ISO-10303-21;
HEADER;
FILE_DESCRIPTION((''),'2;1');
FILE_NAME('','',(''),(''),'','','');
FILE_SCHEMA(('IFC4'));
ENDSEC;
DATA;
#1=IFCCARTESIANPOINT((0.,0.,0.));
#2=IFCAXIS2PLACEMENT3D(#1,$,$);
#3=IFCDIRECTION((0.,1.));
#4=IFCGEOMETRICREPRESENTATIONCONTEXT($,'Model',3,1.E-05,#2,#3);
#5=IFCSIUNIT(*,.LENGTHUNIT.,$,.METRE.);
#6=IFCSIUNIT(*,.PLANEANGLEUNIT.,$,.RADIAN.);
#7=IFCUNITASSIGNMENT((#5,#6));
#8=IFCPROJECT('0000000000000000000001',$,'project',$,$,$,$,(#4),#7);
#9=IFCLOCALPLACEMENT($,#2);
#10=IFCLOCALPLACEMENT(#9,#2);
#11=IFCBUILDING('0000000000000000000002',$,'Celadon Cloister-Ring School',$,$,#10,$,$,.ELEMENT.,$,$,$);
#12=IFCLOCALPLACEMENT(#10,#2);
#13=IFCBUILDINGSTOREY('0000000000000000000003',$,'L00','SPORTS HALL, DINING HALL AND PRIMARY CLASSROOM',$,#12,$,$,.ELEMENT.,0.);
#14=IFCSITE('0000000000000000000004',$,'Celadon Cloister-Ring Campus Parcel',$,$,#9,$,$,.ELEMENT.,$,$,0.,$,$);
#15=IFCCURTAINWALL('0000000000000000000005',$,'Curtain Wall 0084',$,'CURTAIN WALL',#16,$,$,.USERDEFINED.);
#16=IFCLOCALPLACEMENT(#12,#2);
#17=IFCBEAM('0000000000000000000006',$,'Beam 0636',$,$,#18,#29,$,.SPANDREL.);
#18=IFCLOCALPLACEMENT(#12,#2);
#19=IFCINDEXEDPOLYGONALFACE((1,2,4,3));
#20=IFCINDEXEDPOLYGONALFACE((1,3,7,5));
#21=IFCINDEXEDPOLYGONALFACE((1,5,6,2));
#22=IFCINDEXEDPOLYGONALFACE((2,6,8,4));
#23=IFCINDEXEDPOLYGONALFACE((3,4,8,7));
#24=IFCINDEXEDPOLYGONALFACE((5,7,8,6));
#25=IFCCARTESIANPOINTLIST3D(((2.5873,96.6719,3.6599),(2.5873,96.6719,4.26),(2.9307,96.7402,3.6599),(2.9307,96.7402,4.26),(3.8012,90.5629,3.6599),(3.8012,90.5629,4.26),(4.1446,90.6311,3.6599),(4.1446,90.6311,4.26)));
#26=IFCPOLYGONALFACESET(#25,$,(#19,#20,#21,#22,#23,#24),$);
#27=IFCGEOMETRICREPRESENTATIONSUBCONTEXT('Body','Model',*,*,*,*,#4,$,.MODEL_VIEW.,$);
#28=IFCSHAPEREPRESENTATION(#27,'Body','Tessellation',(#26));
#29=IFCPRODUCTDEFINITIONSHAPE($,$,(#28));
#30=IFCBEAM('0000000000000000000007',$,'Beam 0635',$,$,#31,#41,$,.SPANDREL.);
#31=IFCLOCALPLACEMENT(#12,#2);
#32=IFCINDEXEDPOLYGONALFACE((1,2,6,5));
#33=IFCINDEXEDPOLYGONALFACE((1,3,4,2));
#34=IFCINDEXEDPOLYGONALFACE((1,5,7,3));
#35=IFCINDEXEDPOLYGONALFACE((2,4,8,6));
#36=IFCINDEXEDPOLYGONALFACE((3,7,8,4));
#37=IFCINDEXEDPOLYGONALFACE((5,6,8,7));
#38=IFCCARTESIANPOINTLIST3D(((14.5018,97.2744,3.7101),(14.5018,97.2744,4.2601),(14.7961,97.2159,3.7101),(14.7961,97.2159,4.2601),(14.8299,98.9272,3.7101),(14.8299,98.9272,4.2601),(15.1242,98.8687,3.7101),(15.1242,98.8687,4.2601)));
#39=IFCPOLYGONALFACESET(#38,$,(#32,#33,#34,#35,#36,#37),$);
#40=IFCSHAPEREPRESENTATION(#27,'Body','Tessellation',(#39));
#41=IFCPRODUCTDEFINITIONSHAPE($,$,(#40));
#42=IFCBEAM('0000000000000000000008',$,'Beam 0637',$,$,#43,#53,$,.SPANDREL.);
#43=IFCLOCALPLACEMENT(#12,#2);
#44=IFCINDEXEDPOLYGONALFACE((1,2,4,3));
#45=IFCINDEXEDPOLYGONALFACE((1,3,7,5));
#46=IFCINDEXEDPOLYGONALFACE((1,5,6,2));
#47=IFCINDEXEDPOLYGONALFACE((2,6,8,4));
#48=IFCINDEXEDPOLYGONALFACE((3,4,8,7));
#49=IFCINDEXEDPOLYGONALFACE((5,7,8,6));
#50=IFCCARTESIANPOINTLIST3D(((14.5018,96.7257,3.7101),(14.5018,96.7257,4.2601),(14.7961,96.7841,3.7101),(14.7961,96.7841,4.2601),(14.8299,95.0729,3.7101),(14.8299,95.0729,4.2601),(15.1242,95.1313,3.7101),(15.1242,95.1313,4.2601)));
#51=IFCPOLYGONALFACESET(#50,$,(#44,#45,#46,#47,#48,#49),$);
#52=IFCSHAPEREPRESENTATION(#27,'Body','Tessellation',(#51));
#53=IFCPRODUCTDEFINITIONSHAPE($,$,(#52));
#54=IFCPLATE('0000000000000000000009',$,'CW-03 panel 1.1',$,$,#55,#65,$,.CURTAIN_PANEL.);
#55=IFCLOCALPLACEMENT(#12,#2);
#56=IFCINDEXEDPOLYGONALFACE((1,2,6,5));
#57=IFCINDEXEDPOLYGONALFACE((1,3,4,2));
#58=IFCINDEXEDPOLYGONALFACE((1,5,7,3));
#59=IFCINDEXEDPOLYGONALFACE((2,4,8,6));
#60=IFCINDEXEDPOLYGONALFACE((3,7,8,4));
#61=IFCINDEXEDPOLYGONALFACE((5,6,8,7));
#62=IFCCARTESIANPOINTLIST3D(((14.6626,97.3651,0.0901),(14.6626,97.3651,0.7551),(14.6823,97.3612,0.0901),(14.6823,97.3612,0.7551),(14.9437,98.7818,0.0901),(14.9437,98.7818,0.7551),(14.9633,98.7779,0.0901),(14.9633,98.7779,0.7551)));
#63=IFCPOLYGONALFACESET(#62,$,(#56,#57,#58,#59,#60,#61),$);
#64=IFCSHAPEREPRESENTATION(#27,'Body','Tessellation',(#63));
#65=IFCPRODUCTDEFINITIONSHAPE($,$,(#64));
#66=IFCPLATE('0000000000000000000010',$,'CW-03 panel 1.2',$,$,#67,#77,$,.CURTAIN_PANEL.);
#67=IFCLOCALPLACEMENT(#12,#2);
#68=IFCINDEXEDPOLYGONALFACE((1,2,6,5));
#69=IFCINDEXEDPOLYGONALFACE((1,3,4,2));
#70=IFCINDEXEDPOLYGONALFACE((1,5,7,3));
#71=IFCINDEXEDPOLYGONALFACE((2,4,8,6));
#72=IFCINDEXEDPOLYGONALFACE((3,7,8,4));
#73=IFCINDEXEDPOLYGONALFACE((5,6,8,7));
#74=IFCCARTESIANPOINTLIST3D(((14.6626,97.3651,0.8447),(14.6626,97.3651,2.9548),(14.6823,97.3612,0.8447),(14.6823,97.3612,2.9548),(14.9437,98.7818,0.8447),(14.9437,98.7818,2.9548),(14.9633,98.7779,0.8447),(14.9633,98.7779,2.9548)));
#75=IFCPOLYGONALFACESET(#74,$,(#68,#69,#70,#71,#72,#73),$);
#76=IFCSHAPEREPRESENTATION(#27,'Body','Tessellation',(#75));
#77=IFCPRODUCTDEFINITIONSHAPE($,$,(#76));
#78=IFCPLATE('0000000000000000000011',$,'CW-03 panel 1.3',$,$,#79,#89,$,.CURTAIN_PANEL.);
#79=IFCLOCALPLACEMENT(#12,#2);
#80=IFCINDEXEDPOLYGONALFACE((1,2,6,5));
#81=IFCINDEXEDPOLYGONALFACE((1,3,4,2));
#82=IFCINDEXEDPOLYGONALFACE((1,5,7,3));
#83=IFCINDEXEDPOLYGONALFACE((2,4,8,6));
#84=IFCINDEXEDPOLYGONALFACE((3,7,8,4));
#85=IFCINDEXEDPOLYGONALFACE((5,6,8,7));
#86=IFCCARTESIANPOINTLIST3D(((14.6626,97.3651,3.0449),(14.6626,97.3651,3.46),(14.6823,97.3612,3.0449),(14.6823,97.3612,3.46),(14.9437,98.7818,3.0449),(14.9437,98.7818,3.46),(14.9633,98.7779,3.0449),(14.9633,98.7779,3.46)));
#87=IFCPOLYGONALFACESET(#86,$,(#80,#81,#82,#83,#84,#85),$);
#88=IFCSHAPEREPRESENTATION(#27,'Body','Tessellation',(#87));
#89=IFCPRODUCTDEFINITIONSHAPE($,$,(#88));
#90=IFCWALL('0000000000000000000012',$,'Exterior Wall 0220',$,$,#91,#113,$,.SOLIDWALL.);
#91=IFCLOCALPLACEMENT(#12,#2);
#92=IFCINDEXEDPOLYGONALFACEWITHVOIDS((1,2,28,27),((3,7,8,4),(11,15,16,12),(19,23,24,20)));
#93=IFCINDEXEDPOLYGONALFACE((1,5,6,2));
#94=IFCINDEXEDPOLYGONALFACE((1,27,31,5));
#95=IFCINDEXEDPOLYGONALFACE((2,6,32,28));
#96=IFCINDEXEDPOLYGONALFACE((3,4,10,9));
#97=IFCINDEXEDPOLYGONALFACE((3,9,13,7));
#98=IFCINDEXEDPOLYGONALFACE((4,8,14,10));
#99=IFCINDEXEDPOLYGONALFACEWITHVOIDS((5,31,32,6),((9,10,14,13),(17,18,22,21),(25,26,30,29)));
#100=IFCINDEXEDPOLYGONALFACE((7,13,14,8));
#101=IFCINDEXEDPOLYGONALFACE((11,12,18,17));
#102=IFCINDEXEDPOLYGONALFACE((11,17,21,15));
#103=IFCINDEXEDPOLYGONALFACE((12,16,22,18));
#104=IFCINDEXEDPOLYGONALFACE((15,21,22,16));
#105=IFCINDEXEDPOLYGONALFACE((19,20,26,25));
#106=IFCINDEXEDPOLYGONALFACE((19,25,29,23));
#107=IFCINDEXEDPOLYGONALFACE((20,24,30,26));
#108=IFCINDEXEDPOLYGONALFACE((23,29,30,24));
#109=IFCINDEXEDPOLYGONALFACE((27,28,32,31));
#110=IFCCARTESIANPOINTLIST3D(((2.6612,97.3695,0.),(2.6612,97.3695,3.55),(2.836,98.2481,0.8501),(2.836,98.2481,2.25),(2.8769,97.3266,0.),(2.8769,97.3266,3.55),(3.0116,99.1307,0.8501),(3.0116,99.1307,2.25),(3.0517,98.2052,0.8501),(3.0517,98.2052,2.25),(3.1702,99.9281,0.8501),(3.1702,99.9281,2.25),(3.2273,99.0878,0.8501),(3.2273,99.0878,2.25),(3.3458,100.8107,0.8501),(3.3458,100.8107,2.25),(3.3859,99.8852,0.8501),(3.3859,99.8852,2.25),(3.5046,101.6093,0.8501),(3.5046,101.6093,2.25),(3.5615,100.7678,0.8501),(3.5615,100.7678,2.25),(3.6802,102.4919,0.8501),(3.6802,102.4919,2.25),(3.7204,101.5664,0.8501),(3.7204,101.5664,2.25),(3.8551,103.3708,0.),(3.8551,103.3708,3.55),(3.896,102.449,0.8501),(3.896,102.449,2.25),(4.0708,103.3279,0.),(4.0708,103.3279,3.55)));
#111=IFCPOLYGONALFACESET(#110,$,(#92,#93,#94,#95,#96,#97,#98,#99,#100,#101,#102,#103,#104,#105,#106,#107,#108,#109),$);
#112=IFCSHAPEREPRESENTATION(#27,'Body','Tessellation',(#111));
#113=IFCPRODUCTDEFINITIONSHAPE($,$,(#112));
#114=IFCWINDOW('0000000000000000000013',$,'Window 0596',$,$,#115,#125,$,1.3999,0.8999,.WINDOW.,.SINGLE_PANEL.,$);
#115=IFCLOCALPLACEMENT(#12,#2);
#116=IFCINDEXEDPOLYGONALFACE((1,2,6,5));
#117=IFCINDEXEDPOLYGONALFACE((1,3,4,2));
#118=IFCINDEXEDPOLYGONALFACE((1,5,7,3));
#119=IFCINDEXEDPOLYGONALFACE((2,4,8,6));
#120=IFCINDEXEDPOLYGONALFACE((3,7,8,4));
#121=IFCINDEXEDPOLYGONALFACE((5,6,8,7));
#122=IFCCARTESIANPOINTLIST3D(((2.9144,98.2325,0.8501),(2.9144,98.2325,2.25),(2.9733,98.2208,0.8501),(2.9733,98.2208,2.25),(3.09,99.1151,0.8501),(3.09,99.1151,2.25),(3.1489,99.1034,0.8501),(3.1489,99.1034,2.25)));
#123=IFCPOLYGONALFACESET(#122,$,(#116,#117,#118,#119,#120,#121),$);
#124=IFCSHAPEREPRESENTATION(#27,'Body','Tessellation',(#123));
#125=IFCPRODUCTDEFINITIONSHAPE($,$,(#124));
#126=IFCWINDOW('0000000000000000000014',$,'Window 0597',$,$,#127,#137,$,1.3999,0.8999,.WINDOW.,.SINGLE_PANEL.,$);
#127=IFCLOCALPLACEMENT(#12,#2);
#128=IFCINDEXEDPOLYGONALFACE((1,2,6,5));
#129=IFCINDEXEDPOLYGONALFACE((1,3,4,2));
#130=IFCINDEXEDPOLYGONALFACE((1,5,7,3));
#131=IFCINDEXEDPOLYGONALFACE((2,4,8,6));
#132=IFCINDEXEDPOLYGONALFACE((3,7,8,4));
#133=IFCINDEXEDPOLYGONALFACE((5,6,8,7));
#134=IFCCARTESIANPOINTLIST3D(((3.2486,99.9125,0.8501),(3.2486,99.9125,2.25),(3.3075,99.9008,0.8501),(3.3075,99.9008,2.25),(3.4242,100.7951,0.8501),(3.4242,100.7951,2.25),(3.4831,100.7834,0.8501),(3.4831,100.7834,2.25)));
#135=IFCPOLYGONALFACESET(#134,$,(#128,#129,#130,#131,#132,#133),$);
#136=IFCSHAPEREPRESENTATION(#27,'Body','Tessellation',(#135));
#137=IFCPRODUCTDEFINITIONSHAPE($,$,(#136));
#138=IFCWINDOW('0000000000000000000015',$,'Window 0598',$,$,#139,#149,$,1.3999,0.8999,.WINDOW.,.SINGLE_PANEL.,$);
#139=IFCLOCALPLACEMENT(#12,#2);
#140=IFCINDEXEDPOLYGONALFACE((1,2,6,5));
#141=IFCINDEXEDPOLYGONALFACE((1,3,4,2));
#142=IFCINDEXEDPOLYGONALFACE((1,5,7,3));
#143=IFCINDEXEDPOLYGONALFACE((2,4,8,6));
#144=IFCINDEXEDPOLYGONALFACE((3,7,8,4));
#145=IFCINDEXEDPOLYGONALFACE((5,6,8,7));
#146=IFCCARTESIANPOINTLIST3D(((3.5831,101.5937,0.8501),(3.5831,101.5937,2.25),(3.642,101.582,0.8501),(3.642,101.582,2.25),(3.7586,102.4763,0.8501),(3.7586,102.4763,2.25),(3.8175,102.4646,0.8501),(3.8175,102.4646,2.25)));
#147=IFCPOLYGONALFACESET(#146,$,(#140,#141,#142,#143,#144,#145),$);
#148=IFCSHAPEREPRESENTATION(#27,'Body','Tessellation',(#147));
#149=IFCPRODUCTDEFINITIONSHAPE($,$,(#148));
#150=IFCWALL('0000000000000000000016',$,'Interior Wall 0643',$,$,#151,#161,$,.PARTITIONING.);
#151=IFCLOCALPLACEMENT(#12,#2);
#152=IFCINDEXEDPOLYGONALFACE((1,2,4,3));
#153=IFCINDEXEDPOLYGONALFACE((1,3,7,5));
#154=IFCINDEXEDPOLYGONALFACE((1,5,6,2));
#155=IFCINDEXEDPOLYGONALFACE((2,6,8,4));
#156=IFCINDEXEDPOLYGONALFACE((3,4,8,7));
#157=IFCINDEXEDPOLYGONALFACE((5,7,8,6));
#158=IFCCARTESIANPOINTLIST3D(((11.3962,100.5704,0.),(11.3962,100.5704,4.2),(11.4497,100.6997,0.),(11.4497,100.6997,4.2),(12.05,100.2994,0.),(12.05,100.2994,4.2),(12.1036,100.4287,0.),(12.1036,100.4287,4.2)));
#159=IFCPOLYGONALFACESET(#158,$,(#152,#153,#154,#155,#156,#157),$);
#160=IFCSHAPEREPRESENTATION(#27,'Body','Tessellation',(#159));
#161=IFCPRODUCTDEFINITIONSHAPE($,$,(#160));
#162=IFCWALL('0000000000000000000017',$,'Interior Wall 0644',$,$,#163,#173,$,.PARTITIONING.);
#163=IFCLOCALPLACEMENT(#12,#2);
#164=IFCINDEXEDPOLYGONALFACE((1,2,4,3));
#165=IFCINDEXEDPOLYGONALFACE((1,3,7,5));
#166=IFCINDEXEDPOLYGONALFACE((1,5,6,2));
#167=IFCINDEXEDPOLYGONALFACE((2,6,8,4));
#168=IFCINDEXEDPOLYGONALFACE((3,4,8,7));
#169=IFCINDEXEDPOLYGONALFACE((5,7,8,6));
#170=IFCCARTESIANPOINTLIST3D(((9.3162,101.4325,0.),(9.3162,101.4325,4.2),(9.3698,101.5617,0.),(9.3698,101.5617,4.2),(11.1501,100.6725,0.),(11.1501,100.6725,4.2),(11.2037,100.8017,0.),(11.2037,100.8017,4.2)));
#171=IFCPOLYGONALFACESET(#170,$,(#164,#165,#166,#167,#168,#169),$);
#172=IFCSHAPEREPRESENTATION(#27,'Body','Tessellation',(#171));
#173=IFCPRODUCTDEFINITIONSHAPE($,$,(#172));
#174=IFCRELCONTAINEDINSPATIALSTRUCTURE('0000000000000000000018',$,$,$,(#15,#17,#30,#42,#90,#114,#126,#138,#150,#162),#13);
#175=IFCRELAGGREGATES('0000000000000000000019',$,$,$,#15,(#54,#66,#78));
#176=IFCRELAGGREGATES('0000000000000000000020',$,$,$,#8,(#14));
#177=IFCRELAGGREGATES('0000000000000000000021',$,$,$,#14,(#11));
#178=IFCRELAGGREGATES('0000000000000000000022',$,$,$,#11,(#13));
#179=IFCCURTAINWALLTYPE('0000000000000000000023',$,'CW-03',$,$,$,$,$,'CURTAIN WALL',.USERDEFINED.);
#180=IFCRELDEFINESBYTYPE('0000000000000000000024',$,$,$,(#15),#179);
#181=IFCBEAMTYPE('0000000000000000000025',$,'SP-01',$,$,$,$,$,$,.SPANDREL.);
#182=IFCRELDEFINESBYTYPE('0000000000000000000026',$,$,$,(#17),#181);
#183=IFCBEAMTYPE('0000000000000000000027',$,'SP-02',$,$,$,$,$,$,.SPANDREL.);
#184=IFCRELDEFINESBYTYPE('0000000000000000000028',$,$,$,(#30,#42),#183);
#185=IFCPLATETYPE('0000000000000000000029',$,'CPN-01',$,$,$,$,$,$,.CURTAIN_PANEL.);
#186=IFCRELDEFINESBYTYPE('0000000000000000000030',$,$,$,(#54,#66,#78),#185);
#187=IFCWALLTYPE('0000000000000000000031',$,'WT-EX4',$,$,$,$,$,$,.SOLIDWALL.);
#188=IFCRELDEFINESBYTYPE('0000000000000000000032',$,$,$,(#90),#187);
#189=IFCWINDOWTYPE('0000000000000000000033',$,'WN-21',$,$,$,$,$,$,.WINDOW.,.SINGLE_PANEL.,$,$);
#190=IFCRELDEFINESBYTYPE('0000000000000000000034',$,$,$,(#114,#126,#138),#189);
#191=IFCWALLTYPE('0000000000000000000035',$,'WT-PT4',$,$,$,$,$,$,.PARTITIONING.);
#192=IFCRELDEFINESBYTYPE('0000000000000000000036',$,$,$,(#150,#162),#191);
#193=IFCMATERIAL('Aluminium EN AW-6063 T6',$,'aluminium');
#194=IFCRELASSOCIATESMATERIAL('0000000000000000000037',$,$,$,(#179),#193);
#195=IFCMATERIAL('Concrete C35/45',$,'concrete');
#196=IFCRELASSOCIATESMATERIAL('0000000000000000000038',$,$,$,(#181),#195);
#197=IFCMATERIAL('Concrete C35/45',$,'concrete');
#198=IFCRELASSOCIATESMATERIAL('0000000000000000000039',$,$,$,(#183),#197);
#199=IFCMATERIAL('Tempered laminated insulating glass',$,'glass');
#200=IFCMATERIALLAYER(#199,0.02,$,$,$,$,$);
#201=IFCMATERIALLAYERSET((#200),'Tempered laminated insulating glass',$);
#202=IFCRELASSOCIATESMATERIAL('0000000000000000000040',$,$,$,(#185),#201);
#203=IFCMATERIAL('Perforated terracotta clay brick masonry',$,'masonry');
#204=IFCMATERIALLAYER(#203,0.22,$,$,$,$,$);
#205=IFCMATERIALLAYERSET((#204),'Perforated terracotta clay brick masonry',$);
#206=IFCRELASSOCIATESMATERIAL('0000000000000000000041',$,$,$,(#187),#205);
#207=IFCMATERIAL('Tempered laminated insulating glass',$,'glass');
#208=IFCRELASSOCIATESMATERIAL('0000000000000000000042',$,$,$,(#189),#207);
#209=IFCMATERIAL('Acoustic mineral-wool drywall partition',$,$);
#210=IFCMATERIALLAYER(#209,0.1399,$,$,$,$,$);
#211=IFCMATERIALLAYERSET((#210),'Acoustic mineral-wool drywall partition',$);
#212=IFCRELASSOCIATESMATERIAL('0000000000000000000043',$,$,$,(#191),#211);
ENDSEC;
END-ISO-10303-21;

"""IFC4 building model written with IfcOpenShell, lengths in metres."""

from ifc_helpers import new_model, si_unit, direction, frame, frame_2d, origin, origin_2d, place, context, subcontext, project, spatial, rectangle, extrude, material, layer, layer_set, material_profile, profile_set, type_object, element, fill, aggregate, save


model = new_model("IFC4")

# Units and contexts
model_context = context("Model", 3, precision=1e-05, world=origin(), true_north=direction((0.0, 1.0)))
body_context = subcontext(model_context, "Body", "Model", "MODEL_VIEW")
ifc_project = project(units=[si_unit("LENGTHUNIT", "METRE"), si_unit("PLANEANGLEUNIT", "RADIAN")], contexts=[model_context])

# Site, building, storey
site_placement = place(None, origin())
site = spatial("IfcSite", under=ifc_project, at=site_placement, Name="Celadon Cloister-Ring Campus Parcel", CompositionType="ELEMENT", RefElevation=0.0)
building_placement = place(site_placement, origin())
building = spatial("IfcBuilding", under=site, at=building_placement, Name="Celadon Cloister-Ring School", CompositionType="ELEMENT")
storey_placement = place(building_placement, origin())
storey = spatial("IfcBuildingStorey", under=building, at=storey_placement, Name="L00", Description="SPORTS HALL, DINING HALL AND PRIMARY CLASSROOM", CompositionType="ELEMENT", Elevation=0.0)

# Curtain wall
ifc_material_1 = material(Name="Aluminium EN AW-6063 T6", Category="aluminium")
curtain_wall_type = type_object("IfcCurtainWallType", Name="CW-03", ElementType="CURTAIN WALL", PredefinedType="USERDEFINED", material=ifc_material_1)
curtain_wall_placement = place(storey_placement, origin())
curtain_wall = element("IfcCurtainWall", 1, at=curtain_wall_placement, inside=storey, type_object=curtain_wall_type, Name="Curtain Wall 0084", ObjectType="CURTAIN WALL", PredefinedType="USERDEFINED")

# Beams
ifc_material_2 = material(Name="Concrete C35/45", Category="concrete")
ifc_material_profile_1 = material_profile(ifc_material_2, rectangle(XDim=0.3501, YDim=0.6001, at=origin_2d()), Name="RC350X600")
ifc_profile_set_1 = profile_set([ifc_material_profile_1], Name="Concrete C35/45")
beam_type_1 = type_object("IfcBeamType", Name="SP-01", PredefinedType="SPANDREL", material=ifc_profile_set_1)
beam_1_placement = place(storey_placement, frame((2.759, 96.7061, 3.96), z_axis=(0.194887, -0.980826, 0.0), x_axis=(0.980826, 0.194887, 0.0)))
element("IfcBeam", 2, at=beam_1_placement, inside=storey, type_object=beam_type_1, Name="Beam 0636", PredefinedType="SPANDREL", context=body_context, shape_type="SweptSolid", body=[
    extrude(rectangle(XDim=0.3501, YDim=0.6001, at=origin_2d()), origin(), (0.0, 0.0, 1.0), 6.2285),
])
ifc_material_3 = material(Name="Concrete C35/45", Category="concrete")
ifc_material_profile_2 = material_profile(ifc_material_3, rectangle(XDim=0.3, YDim=0.55, at=origin_2d()), Name="RC300X550")
ifc_profile_set_2 = profile_set([ifc_material_profile_2], Name="Concrete C35/45")
beam_type_2 = type_object("IfcBeamType", Name="SP-02", PredefinedType="SPANDREL", material=ifc_profile_set_2)
for number, where, z_axis, x_axis, name in (
    (3, (14.9771, 98.8979, 3.9851), (-0.194723, -0.980858, 0.0), (0.980858, -0.194723, 0.0), "Beam 0635"),
    (4, (14.6489, 96.7549, 3.9851), (0.194723, -0.980858, 0.0), (0.980858, 0.194723, 0.0), "Beam 0637"),
):
    element("IfcBeam", number, at=place(storey_placement, frame(where, z_axis=z_axis, x_axis=x_axis)), inside=storey, type_object=beam_type_2, Name=name, PredefinedType="SPANDREL", context=body_context, shape_type="SweptSolid", body=[
        extrude(rectangle(XDim=0.3, YDim=0.55, at=origin_2d()), origin(), (0.0, 0.0, 1.0), 1.6851),
    ])

# Plates
ifc_material_4 = material(Name="Tempered laminated insulating glass", Category="glass")
ifc_layer_1 = layer(ifc_material_4, 0.02)
ifc_layer_set_1 = layer_set([ifc_layer_1], Name="Tempered laminated insulating glass")
plate_type = type_object("IfcPlateType", Name="CPN-01", PredefinedType="CURTAIN_PANEL", material=ifc_layer_set_1)
plate_1_placement = place(storey_placement, frame((14.813, 98.0715, 0.0901), z_axis=(0.0, 0.0, 1.0), x_axis=(-0.194586, -0.980885, 0.0)))
plate_1 = element("IfcPlate", 5, at=plate_1_placement, type_object=plate_type, Name="CW-03 panel 1.1", PredefinedType="CURTAIN_PANEL", context=body_context, shape_type="SweptSolid", body=[
    extrude(rectangle(XDim=1.4443, YDim=0.02, at=origin_2d()), origin(), (0.0, 0.0, 1.0), 0.665),
])
plate_2_placement = place(storey_placement, frame((14.813, 98.0715, 0.8447), z_axis=(0.0, 0.0, 1.0), x_axis=(-0.194586, -0.980885, 0.0)))
plate_2 = element("IfcPlate", 6, at=plate_2_placement, type_object=plate_type, Name="CW-03 panel 1.2", PredefinedType="CURTAIN_PANEL", context=body_context, shape_type="SweptSolid", body=[
    extrude(rectangle(XDim=1.4443, YDim=0.02, at=origin_2d()), origin(), (0.0, 0.0, 1.0), 2.1101),
])
plate_3_placement = place(storey_placement, frame((14.813, 98.0715, 3.0449), z_axis=(0.0, 0.0, 1.0), x_axis=(-0.194586, -0.980885, 0.0)))
plate_3 = element("IfcPlate", 7, at=plate_3_placement, type_object=plate_type, Name="CW-03 panel 1.3", PredefinedType="CURTAIN_PANEL", context=body_context, shape_type="SweptSolid", body=[
    extrude(rectangle(XDim=1.4443, YDim=0.02, at=origin_2d()), origin(), (0.0, 0.0, 1.0), 0.415),
])
aggregate(curtain_wall, [plate_1, plate_2, plate_3])

# Wall, openings, windows
ifc_material_5 = material(Name="Perforated terracotta clay brick masonry", Category="masonry")
ifc_layer_2 = layer(ifc_material_5, 0.22)
ifc_layer_set_2 = layer_set([ifc_layer_2], Name="Perforated terracotta clay brick masonry")
wall_type_1 = type_object("IfcWallType", Name="WT-EX4", PredefinedType="SOLIDWALL", material=ifc_layer_set_2)
wall_1_placement = place(storey_placement, frame((2.769, 97.3479, 0.0), z_axis=(0.0, 0.0, 1.0), x_axis=(0.195111, 0.980781, 0.0)))
wall_1 = element("IfcWall", 8, at=wall_1_placement, inside=storey, type_object=wall_type_1, Name="Exterior Wall 0220", PredefinedType="SOLIDWALL", context=body_context, shape_type="SweptSolid", body=[
    extrude(rectangle(XDim=6.1189, YDim=0.22, at=frame_2d((3.0596, 0.0))), origin(), (0.0, 0.0, 1.0), 3.55),
])
opening_1_placement = place(wall_1_placement, frame((0.896, 0.0, 0.8501)))
opening_1 = element("IfcOpeningElement", 9, at=opening_1_placement, cuts=wall_1, PredefinedType="OPENING", context=body_context, shape_type="SweptSolid", body=[
    extrude(rectangle(XDim=0.8999, YDim=1.3999, at=frame_2d((0.45, 0.7))), frame((0.0, 0.1201, 0.0), z_axis=(0.0, -1.0, 0.0), x_axis=(1.0, 0.0, 0.0)), (0.0, 0.0, 1.0), 0.24),
])
opening_2_placement = place(wall_1_placement, frame((2.6089, 0.0, 0.8501)))
opening_2 = element("IfcOpeningElement", 10, at=opening_2_placement, cuts=wall_1, PredefinedType="OPENING", context=body_context, shape_type="SweptSolid", body=[
    extrude(rectangle(XDim=0.8999, YDim=1.3999, at=frame_2d((0.45, 0.7))), frame((0.0, 0.1201, 0.0), z_axis=(0.0, -1.0, 0.0), x_axis=(1.0, 0.0, 0.0)), (0.0, 0.0, 1.0), 0.24),
])
opening_3_placement = place(wall_1_placement, frame((4.323, 0.0, 0.8501)))
opening_3 = element("IfcOpeningElement", 11, at=opening_3_placement, cuts=wall_1, PredefinedType="OPENING", context=body_context, shape_type="SweptSolid", body=[
    extrude(rectangle(XDim=0.8999, YDim=1.3999, at=frame_2d((0.45, 0.7))), frame((0.0, 0.1201, 0.0), z_axis=(0.0, -1.0, 0.0), x_axis=(1.0, 0.0, 0.0)), (0.0, 0.0, 1.0), 0.24),
])
ifc_material_6 = material(Name="Tempered laminated insulating glass", Category="glass")
window_type = type_object("IfcWindowType", Name="WN-21", PartitioningType="SINGLE_PANEL", PredefinedType="WINDOW", material=ifc_material_6)
window_1_placement = place(opening_1_placement, origin())
window_1 = element("IfcWindow", 12, at=window_1_placement, inside=storey, type_object=window_type, Name="Window 0596", OverallHeight=1.3999, OverallWidth=0.8999, PartitioningType="SINGLE_PANEL", PredefinedType="WINDOW", context=body_context, shape_type="SweptSolid", body=[
    extrude(rectangle(XDim=0.8999, YDim=1.3999, at=frame_2d((0.45, 0.7))), frame((0.0, 0.03, 0.0), z_axis=(0.0, -1.0, 0.0), x_axis=(1.0, 0.0, 0.0)), (0.0, 0.0, 1.0), 0.0601),
])
fill(opening_1, window_1)
window_2_placement = place(opening_2_placement, origin())
window_2 = element("IfcWindow", 13, at=window_2_placement, inside=storey, type_object=window_type, Name="Window 0597", OverallHeight=1.3999, OverallWidth=0.8999, PartitioningType="SINGLE_PANEL", PredefinedType="WINDOW", context=body_context, shape_type="SweptSolid", body=[
    extrude(rectangle(XDim=0.8999, YDim=1.3999, at=frame_2d((0.45, 0.7))), frame((0.0, 0.03, 0.0), z_axis=(0.0, -1.0, 0.0), x_axis=(1.0, 0.0, 0.0)), (0.0, 0.0, 1.0), 0.0601),
])
fill(opening_2, window_2)
window_3_placement = place(opening_3_placement, origin())
window_3 = element("IfcWindow", 14, at=window_3_placement, inside=storey, type_object=window_type, Name="Window 0598", OverallHeight=1.3999, OverallWidth=0.8999, PartitioningType="SINGLE_PANEL", PredefinedType="WINDOW", context=body_context, shape_type="SweptSolid", body=[
    extrude(rectangle(XDim=0.8999, YDim=1.3999, at=frame_2d((0.45, 0.7))), frame((0.0, 0.03, 0.0), z_axis=(0.0, -1.0, 0.0), x_axis=(1.0, 0.0, 0.0)), (0.0, 0.0, 1.0), 0.0601),
])
fill(opening_3, window_3)

# Walls
ifc_material_7 = material(Name="Acoustic mineral-wool drywall partition")
ifc_layer_3 = layer(ifc_material_7, 0.1399)
ifc_layer_set_3 = layer_set([ifc_layer_3], Name="Acoustic mineral-wool drywall partition")
wall_type_2 = type_object("IfcWallType", Name="WT-PT4", PredefinedType="PARTITIONING", material=ifc_layer_set_3)
wall_2_placement = place(storey_placement, frame((12.0769, 100.364, 0.0), z_axis=(0.0, 0.0, 1.0), x_axis=(-0.92379, 0.3829, 0.0)))
element("IfcWall", 15, at=wall_2_placement, inside=storey, type_object=wall_type_2, Name="Interior Wall 0643", PredefinedType="PARTITIONING", context=body_context, shape_type="SweptSolid", body=[
    extrude(rectangle(XDim=0.7078, YDim=0.1399, at=frame_2d((0.354, 0.0))), origin(), (0.0, 0.0, 1.0), 4.2),
])
wall_3_placement = place(storey_placement, frame((11.177, 100.7371, 0.0), z_axis=(0.0, 0.0, 1.0), x_axis=(-0.923817, 0.382833, 0.0)))
element("IfcWall", 16, at=wall_3_placement, inside=storey, type_object=wall_type_2, Name="Interior Wall 0644", PredefinedType="PARTITIONING", context=body_context, shape_type="SweptSolid", body=[
    extrude(rectangle(XDim=1.9851, YDim=0.1399, at=frame_2d((0.9927, 0.0))), origin(), (0.0, 0.0, 1.0), 4.2),
])

save(model, "model.ifc")
